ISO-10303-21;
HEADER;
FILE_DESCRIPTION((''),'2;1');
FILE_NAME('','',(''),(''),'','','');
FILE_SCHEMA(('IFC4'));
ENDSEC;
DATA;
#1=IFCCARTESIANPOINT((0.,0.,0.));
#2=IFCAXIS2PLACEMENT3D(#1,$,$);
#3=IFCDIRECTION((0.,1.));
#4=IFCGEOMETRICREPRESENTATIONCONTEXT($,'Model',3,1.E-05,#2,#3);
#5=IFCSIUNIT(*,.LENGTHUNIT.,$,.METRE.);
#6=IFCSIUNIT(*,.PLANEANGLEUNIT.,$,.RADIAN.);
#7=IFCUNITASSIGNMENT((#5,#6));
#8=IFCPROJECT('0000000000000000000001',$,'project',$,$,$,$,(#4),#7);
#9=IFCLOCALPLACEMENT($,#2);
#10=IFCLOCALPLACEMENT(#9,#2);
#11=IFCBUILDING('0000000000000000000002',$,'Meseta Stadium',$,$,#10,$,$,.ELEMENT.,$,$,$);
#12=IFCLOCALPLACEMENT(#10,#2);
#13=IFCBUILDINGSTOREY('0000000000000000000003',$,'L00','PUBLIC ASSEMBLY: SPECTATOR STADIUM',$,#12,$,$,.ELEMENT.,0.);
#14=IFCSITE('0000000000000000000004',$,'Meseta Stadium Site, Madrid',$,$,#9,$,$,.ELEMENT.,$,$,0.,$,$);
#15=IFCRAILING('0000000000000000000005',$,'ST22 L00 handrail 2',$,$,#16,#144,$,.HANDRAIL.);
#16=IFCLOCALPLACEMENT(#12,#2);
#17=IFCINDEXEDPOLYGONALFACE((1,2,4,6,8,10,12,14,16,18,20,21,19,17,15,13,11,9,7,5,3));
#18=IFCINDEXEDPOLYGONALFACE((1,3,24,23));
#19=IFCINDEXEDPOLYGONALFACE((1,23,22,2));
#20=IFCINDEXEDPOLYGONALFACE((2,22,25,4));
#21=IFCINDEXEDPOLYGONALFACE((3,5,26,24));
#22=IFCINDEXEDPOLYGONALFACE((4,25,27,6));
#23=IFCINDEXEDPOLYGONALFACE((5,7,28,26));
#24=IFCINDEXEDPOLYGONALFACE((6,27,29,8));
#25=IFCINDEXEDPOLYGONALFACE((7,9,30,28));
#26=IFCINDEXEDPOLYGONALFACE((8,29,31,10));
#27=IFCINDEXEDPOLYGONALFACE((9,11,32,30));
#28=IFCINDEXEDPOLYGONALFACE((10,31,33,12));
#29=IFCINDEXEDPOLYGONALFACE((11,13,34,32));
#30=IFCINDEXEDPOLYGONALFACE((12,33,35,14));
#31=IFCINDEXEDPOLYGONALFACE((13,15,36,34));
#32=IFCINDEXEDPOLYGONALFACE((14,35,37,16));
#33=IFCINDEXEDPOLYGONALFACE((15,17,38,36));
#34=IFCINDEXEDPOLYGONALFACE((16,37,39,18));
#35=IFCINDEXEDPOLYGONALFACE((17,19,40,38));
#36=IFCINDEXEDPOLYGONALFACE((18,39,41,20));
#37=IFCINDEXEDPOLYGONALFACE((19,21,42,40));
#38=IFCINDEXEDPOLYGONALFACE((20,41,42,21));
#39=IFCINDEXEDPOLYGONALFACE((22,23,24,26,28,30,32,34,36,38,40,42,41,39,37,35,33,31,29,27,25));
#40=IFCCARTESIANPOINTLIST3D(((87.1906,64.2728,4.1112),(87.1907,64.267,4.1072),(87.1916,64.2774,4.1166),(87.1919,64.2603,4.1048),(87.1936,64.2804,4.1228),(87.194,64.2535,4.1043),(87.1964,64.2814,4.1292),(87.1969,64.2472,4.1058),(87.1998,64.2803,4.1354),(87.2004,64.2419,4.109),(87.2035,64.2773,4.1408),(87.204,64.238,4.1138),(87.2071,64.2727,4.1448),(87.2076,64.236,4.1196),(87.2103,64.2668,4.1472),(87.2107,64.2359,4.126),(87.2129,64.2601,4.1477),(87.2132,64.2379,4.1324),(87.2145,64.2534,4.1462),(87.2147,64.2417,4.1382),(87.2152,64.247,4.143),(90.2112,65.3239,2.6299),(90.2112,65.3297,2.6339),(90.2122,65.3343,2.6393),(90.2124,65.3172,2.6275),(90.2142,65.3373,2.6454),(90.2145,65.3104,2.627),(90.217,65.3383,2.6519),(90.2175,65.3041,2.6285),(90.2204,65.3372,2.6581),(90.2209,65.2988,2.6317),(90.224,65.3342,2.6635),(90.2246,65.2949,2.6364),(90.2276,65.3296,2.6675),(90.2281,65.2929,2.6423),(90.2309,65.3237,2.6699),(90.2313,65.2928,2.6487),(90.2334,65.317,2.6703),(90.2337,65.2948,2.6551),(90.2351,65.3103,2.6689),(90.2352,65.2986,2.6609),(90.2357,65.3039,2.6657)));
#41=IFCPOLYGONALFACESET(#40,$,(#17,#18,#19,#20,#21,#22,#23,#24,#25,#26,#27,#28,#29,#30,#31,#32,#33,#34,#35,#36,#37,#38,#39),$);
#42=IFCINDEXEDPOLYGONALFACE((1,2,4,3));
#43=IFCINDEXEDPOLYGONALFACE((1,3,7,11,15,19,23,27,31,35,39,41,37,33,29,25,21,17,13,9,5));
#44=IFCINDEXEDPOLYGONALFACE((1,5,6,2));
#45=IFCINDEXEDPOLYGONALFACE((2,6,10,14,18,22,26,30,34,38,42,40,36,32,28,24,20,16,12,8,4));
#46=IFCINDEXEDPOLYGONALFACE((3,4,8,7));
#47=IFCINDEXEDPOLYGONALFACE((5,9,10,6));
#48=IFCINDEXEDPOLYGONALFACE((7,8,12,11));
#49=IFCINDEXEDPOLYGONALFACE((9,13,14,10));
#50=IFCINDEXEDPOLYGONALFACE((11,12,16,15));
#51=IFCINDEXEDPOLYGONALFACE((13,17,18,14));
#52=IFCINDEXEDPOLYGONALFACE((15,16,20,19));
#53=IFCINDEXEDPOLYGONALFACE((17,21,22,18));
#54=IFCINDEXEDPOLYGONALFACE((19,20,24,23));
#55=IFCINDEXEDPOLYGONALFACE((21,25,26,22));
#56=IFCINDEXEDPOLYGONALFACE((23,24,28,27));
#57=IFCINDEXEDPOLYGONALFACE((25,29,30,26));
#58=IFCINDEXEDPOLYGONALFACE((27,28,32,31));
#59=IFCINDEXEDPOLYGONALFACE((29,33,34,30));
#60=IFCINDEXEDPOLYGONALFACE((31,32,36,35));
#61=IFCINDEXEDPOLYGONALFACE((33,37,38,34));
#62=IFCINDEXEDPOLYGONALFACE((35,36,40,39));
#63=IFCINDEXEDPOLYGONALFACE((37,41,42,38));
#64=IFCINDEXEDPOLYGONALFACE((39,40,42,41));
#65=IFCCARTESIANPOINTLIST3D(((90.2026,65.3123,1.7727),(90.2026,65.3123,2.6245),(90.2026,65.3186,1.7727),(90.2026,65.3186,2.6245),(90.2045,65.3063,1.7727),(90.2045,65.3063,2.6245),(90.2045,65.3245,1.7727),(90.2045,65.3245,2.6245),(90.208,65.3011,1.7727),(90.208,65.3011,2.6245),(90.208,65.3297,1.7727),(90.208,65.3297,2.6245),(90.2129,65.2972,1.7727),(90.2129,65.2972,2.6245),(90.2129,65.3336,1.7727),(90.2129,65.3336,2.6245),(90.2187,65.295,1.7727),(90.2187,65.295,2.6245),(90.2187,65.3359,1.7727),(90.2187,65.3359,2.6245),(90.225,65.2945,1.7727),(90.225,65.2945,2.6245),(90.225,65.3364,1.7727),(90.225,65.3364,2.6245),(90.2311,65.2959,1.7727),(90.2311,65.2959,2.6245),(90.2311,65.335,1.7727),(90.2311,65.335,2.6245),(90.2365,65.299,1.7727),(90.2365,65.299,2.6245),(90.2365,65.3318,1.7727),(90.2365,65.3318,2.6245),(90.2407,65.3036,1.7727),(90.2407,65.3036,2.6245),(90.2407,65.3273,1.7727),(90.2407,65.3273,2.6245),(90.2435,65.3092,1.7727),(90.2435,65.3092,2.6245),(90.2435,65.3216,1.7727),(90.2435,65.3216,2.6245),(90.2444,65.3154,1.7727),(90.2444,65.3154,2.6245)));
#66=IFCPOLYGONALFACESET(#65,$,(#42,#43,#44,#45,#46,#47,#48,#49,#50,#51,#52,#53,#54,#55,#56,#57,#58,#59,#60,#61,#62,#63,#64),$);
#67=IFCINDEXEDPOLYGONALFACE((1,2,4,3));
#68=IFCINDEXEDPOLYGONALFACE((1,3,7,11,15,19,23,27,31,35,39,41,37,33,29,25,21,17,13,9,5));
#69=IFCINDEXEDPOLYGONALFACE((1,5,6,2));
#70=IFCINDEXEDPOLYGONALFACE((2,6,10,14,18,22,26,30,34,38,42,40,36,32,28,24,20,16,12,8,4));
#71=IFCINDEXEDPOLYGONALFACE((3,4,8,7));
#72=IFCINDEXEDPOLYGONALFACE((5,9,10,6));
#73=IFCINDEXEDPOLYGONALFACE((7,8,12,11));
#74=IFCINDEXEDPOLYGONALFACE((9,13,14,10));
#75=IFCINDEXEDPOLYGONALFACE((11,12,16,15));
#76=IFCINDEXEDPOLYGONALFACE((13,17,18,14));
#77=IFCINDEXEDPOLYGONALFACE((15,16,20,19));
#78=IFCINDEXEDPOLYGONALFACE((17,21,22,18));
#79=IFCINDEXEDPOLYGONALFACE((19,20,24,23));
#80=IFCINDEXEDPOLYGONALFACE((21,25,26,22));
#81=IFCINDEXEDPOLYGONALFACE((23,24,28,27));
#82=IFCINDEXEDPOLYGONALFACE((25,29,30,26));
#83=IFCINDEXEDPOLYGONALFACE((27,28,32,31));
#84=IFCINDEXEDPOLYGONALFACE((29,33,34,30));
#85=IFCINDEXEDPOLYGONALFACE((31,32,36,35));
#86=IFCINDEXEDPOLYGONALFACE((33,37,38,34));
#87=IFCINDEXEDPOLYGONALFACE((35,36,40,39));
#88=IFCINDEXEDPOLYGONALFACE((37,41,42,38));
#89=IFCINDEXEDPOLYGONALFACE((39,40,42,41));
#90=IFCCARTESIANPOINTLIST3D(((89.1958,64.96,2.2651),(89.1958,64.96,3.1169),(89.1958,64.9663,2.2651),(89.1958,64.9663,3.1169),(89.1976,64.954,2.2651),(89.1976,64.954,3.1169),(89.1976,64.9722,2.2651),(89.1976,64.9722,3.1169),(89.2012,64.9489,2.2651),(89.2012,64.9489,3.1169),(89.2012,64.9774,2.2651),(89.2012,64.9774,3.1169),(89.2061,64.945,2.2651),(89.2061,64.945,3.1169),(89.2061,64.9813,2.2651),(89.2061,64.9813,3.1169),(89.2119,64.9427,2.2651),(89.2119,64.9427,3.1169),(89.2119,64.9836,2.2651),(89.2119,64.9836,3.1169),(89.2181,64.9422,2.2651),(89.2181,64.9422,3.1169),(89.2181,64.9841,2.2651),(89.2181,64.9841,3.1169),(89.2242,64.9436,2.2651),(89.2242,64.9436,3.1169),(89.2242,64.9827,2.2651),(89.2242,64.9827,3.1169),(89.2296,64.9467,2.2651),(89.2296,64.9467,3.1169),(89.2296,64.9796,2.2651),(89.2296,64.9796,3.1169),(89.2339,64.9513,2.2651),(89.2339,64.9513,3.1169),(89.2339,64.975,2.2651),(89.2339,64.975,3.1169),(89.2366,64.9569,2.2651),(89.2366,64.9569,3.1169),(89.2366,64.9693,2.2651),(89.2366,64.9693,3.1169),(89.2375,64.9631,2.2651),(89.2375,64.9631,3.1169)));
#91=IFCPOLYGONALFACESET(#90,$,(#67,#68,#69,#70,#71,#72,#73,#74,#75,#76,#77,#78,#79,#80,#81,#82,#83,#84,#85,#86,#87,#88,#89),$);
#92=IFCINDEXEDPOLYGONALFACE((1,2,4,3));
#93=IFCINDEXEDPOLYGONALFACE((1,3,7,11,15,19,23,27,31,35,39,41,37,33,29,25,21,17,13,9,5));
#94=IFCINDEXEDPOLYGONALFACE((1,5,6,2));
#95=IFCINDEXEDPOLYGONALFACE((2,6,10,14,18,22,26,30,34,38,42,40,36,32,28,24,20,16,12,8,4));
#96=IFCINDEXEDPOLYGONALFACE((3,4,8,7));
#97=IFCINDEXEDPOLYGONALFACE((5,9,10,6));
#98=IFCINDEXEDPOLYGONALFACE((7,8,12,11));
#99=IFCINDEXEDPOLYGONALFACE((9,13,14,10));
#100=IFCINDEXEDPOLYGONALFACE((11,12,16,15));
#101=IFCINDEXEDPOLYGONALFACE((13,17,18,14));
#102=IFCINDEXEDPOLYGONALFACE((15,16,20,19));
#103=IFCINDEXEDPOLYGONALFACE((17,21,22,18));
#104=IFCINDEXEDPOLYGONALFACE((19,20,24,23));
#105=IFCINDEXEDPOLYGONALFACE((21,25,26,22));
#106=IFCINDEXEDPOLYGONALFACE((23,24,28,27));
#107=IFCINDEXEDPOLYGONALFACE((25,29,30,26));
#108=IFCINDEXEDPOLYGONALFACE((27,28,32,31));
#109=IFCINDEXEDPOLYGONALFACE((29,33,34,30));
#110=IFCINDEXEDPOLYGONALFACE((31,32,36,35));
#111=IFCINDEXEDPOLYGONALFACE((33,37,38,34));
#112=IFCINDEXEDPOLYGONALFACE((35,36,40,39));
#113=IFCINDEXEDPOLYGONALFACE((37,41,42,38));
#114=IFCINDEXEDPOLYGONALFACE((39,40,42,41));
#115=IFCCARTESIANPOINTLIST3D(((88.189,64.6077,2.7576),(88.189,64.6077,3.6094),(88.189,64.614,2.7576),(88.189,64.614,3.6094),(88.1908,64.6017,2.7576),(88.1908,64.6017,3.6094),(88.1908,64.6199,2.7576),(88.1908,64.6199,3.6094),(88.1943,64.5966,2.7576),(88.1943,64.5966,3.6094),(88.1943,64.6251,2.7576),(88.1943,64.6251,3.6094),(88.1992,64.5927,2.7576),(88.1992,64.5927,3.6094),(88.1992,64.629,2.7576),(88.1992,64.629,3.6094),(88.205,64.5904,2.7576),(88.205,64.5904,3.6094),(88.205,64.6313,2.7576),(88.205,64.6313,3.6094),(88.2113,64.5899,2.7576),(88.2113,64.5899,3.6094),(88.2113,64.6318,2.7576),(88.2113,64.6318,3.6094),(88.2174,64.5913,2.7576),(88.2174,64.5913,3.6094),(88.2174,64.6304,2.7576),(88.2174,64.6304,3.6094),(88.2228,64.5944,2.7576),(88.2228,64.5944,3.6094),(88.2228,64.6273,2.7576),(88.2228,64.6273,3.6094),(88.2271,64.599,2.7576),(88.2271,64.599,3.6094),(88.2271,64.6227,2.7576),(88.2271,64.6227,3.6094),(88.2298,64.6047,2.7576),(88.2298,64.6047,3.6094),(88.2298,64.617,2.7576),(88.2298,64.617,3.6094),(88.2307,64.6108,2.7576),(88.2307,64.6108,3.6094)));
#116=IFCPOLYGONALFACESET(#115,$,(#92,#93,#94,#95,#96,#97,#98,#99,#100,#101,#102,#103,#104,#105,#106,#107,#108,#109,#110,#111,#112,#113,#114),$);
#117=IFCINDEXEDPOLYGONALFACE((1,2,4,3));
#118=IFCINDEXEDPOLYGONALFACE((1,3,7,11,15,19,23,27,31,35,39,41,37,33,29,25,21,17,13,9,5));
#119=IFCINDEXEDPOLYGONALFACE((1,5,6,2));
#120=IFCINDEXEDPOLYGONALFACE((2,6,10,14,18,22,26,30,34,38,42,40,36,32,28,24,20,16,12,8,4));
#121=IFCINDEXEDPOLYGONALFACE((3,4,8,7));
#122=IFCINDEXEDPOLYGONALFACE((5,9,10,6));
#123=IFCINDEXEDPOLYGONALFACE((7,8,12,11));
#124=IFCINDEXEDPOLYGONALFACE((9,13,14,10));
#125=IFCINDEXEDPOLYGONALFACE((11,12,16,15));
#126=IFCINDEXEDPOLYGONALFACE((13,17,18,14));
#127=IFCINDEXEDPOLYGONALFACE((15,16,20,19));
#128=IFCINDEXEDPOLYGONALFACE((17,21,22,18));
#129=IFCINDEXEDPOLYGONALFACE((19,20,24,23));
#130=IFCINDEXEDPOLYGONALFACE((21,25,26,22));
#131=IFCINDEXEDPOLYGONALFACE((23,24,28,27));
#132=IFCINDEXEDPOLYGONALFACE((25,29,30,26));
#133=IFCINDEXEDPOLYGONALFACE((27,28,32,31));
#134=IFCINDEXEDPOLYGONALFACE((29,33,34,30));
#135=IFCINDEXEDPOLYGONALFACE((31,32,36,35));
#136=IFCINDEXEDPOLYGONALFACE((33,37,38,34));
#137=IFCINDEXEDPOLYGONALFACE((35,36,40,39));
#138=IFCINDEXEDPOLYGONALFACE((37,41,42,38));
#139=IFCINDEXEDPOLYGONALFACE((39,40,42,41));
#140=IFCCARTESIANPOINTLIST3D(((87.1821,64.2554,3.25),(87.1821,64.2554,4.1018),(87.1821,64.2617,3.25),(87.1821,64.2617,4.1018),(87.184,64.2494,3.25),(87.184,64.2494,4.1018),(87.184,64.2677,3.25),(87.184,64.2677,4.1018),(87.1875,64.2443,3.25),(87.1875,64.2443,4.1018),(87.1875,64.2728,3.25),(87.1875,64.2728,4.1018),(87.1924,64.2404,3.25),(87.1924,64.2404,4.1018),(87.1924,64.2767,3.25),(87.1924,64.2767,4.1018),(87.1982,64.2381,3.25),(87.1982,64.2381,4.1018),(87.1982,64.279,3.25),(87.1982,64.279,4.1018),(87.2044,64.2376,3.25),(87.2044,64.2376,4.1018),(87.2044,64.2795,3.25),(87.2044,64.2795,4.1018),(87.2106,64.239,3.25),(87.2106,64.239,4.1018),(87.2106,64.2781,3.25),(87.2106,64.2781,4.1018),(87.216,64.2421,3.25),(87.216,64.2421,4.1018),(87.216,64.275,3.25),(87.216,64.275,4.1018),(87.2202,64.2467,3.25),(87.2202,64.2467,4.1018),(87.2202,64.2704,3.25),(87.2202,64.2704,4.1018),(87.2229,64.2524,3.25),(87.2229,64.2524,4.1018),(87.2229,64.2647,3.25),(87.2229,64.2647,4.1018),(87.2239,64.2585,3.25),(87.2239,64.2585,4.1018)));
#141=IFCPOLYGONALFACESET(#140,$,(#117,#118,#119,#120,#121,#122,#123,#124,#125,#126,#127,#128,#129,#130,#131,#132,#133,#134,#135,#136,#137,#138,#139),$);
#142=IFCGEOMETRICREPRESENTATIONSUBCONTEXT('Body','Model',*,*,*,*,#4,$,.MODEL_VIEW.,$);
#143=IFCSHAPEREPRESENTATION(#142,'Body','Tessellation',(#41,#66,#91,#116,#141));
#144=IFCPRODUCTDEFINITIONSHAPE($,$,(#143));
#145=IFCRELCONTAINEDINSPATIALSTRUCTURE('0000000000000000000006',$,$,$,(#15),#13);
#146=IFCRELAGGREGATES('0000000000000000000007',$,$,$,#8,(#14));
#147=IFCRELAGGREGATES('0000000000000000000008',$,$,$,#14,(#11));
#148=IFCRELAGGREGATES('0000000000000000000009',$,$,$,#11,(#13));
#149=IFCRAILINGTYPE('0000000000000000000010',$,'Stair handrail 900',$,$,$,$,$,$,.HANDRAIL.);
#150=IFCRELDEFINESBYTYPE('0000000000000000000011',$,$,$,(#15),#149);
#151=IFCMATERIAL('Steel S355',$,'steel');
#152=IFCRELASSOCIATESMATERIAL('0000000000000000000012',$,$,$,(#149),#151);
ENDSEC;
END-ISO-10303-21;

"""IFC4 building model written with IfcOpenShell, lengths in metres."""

from ifc_helpers import new_model, si_unit, direction, frame, origin, origin_2d, place, context, subcontext, project, spatial, circle, extrude, material, type_object, element, save


model = new_model("IFC4")

# Units and contexts
model_context = context("Model", 3, precision=1e-05, world=origin(), true_north=direction((0.0, 1.0)))
body_context = subcontext(model_context, "Body", "Model", "MODEL_VIEW")
ifc_project = project(units=[si_unit("LENGTHUNIT", "METRE"), si_unit("PLANEANGLEUNIT", "RADIAN")], contexts=[model_context])

# Site, building, storey
site_placement = place(None, origin())
site = spatial("IfcSite", under=ifc_project, at=site_placement, Name="Meseta Stadium Site, Madrid", CompositionType="ELEMENT", RefElevation=0.0)
building_placement = place(site_placement, origin())
building = spatial("IfcBuilding", under=site, at=building_placement, Name="Meseta Stadium", CompositionType="ELEMENT")
storey_placement = place(building_placement, origin())
storey = spatial("IfcBuildingStorey", under=building, at=storey_placement, Name="L00", Description="PUBLIC ASSEMBLY: SPECTATOR STADIUM", CompositionType="ELEMENT", Elevation=0.0)

# Railing
ifc_material_1 = material(Name="Steel S355", Category="steel")
railing_type_1 = type_object("IfcRailingType", Name="Stair handrail 900", PredefinedType="HANDRAIL", material=ifc_material_1)
for number, where, name in (
    (1, (90.2234, 65.3154, 1.7727), "ST22 L00 handrail 2"),
):
    element("IfcRailing", number, at=place(storey_placement, frame(where)), inside=storey, type_object=railing_type_1, Name=name, PredefinedType="HANDRAIL", context=body_context, shape_type="SweptSolid", body=[
        extrude(circle(Radius=0.0239, at=origin_2d()), frame((0.0, 0.0, 0.876), z_axis=(-0.856977, -0.299859, 0.419137), x_axis=(0.330269, -0.943887, 0.0)), (0.0, 0.0, 1.0), 3.5247),
        extrude(circle(Radius=0.021, at=origin_2d()), origin(), (0.0, 0.0, 1.0), 0.8518),
        extrude(circle(Radius=0.021, at=origin_2d()), frame((-1.0068, -0.3523, 0.4924)), (0.0, 0.0, 1.0), 0.8518),
        extrude(circle(Radius=0.021, at=origin_2d()), frame((-2.0137, -0.7046, 0.9849)), (0.0, 0.0, 1.0), 0.8518),
        extrude(circle(Radius=0.021, at=origin_2d()), frame((-3.0205, -1.0569, 1.4773)), (0.0, 0.0, 1.0), 0.8518),
    ])

save(model, "model.ifc")
